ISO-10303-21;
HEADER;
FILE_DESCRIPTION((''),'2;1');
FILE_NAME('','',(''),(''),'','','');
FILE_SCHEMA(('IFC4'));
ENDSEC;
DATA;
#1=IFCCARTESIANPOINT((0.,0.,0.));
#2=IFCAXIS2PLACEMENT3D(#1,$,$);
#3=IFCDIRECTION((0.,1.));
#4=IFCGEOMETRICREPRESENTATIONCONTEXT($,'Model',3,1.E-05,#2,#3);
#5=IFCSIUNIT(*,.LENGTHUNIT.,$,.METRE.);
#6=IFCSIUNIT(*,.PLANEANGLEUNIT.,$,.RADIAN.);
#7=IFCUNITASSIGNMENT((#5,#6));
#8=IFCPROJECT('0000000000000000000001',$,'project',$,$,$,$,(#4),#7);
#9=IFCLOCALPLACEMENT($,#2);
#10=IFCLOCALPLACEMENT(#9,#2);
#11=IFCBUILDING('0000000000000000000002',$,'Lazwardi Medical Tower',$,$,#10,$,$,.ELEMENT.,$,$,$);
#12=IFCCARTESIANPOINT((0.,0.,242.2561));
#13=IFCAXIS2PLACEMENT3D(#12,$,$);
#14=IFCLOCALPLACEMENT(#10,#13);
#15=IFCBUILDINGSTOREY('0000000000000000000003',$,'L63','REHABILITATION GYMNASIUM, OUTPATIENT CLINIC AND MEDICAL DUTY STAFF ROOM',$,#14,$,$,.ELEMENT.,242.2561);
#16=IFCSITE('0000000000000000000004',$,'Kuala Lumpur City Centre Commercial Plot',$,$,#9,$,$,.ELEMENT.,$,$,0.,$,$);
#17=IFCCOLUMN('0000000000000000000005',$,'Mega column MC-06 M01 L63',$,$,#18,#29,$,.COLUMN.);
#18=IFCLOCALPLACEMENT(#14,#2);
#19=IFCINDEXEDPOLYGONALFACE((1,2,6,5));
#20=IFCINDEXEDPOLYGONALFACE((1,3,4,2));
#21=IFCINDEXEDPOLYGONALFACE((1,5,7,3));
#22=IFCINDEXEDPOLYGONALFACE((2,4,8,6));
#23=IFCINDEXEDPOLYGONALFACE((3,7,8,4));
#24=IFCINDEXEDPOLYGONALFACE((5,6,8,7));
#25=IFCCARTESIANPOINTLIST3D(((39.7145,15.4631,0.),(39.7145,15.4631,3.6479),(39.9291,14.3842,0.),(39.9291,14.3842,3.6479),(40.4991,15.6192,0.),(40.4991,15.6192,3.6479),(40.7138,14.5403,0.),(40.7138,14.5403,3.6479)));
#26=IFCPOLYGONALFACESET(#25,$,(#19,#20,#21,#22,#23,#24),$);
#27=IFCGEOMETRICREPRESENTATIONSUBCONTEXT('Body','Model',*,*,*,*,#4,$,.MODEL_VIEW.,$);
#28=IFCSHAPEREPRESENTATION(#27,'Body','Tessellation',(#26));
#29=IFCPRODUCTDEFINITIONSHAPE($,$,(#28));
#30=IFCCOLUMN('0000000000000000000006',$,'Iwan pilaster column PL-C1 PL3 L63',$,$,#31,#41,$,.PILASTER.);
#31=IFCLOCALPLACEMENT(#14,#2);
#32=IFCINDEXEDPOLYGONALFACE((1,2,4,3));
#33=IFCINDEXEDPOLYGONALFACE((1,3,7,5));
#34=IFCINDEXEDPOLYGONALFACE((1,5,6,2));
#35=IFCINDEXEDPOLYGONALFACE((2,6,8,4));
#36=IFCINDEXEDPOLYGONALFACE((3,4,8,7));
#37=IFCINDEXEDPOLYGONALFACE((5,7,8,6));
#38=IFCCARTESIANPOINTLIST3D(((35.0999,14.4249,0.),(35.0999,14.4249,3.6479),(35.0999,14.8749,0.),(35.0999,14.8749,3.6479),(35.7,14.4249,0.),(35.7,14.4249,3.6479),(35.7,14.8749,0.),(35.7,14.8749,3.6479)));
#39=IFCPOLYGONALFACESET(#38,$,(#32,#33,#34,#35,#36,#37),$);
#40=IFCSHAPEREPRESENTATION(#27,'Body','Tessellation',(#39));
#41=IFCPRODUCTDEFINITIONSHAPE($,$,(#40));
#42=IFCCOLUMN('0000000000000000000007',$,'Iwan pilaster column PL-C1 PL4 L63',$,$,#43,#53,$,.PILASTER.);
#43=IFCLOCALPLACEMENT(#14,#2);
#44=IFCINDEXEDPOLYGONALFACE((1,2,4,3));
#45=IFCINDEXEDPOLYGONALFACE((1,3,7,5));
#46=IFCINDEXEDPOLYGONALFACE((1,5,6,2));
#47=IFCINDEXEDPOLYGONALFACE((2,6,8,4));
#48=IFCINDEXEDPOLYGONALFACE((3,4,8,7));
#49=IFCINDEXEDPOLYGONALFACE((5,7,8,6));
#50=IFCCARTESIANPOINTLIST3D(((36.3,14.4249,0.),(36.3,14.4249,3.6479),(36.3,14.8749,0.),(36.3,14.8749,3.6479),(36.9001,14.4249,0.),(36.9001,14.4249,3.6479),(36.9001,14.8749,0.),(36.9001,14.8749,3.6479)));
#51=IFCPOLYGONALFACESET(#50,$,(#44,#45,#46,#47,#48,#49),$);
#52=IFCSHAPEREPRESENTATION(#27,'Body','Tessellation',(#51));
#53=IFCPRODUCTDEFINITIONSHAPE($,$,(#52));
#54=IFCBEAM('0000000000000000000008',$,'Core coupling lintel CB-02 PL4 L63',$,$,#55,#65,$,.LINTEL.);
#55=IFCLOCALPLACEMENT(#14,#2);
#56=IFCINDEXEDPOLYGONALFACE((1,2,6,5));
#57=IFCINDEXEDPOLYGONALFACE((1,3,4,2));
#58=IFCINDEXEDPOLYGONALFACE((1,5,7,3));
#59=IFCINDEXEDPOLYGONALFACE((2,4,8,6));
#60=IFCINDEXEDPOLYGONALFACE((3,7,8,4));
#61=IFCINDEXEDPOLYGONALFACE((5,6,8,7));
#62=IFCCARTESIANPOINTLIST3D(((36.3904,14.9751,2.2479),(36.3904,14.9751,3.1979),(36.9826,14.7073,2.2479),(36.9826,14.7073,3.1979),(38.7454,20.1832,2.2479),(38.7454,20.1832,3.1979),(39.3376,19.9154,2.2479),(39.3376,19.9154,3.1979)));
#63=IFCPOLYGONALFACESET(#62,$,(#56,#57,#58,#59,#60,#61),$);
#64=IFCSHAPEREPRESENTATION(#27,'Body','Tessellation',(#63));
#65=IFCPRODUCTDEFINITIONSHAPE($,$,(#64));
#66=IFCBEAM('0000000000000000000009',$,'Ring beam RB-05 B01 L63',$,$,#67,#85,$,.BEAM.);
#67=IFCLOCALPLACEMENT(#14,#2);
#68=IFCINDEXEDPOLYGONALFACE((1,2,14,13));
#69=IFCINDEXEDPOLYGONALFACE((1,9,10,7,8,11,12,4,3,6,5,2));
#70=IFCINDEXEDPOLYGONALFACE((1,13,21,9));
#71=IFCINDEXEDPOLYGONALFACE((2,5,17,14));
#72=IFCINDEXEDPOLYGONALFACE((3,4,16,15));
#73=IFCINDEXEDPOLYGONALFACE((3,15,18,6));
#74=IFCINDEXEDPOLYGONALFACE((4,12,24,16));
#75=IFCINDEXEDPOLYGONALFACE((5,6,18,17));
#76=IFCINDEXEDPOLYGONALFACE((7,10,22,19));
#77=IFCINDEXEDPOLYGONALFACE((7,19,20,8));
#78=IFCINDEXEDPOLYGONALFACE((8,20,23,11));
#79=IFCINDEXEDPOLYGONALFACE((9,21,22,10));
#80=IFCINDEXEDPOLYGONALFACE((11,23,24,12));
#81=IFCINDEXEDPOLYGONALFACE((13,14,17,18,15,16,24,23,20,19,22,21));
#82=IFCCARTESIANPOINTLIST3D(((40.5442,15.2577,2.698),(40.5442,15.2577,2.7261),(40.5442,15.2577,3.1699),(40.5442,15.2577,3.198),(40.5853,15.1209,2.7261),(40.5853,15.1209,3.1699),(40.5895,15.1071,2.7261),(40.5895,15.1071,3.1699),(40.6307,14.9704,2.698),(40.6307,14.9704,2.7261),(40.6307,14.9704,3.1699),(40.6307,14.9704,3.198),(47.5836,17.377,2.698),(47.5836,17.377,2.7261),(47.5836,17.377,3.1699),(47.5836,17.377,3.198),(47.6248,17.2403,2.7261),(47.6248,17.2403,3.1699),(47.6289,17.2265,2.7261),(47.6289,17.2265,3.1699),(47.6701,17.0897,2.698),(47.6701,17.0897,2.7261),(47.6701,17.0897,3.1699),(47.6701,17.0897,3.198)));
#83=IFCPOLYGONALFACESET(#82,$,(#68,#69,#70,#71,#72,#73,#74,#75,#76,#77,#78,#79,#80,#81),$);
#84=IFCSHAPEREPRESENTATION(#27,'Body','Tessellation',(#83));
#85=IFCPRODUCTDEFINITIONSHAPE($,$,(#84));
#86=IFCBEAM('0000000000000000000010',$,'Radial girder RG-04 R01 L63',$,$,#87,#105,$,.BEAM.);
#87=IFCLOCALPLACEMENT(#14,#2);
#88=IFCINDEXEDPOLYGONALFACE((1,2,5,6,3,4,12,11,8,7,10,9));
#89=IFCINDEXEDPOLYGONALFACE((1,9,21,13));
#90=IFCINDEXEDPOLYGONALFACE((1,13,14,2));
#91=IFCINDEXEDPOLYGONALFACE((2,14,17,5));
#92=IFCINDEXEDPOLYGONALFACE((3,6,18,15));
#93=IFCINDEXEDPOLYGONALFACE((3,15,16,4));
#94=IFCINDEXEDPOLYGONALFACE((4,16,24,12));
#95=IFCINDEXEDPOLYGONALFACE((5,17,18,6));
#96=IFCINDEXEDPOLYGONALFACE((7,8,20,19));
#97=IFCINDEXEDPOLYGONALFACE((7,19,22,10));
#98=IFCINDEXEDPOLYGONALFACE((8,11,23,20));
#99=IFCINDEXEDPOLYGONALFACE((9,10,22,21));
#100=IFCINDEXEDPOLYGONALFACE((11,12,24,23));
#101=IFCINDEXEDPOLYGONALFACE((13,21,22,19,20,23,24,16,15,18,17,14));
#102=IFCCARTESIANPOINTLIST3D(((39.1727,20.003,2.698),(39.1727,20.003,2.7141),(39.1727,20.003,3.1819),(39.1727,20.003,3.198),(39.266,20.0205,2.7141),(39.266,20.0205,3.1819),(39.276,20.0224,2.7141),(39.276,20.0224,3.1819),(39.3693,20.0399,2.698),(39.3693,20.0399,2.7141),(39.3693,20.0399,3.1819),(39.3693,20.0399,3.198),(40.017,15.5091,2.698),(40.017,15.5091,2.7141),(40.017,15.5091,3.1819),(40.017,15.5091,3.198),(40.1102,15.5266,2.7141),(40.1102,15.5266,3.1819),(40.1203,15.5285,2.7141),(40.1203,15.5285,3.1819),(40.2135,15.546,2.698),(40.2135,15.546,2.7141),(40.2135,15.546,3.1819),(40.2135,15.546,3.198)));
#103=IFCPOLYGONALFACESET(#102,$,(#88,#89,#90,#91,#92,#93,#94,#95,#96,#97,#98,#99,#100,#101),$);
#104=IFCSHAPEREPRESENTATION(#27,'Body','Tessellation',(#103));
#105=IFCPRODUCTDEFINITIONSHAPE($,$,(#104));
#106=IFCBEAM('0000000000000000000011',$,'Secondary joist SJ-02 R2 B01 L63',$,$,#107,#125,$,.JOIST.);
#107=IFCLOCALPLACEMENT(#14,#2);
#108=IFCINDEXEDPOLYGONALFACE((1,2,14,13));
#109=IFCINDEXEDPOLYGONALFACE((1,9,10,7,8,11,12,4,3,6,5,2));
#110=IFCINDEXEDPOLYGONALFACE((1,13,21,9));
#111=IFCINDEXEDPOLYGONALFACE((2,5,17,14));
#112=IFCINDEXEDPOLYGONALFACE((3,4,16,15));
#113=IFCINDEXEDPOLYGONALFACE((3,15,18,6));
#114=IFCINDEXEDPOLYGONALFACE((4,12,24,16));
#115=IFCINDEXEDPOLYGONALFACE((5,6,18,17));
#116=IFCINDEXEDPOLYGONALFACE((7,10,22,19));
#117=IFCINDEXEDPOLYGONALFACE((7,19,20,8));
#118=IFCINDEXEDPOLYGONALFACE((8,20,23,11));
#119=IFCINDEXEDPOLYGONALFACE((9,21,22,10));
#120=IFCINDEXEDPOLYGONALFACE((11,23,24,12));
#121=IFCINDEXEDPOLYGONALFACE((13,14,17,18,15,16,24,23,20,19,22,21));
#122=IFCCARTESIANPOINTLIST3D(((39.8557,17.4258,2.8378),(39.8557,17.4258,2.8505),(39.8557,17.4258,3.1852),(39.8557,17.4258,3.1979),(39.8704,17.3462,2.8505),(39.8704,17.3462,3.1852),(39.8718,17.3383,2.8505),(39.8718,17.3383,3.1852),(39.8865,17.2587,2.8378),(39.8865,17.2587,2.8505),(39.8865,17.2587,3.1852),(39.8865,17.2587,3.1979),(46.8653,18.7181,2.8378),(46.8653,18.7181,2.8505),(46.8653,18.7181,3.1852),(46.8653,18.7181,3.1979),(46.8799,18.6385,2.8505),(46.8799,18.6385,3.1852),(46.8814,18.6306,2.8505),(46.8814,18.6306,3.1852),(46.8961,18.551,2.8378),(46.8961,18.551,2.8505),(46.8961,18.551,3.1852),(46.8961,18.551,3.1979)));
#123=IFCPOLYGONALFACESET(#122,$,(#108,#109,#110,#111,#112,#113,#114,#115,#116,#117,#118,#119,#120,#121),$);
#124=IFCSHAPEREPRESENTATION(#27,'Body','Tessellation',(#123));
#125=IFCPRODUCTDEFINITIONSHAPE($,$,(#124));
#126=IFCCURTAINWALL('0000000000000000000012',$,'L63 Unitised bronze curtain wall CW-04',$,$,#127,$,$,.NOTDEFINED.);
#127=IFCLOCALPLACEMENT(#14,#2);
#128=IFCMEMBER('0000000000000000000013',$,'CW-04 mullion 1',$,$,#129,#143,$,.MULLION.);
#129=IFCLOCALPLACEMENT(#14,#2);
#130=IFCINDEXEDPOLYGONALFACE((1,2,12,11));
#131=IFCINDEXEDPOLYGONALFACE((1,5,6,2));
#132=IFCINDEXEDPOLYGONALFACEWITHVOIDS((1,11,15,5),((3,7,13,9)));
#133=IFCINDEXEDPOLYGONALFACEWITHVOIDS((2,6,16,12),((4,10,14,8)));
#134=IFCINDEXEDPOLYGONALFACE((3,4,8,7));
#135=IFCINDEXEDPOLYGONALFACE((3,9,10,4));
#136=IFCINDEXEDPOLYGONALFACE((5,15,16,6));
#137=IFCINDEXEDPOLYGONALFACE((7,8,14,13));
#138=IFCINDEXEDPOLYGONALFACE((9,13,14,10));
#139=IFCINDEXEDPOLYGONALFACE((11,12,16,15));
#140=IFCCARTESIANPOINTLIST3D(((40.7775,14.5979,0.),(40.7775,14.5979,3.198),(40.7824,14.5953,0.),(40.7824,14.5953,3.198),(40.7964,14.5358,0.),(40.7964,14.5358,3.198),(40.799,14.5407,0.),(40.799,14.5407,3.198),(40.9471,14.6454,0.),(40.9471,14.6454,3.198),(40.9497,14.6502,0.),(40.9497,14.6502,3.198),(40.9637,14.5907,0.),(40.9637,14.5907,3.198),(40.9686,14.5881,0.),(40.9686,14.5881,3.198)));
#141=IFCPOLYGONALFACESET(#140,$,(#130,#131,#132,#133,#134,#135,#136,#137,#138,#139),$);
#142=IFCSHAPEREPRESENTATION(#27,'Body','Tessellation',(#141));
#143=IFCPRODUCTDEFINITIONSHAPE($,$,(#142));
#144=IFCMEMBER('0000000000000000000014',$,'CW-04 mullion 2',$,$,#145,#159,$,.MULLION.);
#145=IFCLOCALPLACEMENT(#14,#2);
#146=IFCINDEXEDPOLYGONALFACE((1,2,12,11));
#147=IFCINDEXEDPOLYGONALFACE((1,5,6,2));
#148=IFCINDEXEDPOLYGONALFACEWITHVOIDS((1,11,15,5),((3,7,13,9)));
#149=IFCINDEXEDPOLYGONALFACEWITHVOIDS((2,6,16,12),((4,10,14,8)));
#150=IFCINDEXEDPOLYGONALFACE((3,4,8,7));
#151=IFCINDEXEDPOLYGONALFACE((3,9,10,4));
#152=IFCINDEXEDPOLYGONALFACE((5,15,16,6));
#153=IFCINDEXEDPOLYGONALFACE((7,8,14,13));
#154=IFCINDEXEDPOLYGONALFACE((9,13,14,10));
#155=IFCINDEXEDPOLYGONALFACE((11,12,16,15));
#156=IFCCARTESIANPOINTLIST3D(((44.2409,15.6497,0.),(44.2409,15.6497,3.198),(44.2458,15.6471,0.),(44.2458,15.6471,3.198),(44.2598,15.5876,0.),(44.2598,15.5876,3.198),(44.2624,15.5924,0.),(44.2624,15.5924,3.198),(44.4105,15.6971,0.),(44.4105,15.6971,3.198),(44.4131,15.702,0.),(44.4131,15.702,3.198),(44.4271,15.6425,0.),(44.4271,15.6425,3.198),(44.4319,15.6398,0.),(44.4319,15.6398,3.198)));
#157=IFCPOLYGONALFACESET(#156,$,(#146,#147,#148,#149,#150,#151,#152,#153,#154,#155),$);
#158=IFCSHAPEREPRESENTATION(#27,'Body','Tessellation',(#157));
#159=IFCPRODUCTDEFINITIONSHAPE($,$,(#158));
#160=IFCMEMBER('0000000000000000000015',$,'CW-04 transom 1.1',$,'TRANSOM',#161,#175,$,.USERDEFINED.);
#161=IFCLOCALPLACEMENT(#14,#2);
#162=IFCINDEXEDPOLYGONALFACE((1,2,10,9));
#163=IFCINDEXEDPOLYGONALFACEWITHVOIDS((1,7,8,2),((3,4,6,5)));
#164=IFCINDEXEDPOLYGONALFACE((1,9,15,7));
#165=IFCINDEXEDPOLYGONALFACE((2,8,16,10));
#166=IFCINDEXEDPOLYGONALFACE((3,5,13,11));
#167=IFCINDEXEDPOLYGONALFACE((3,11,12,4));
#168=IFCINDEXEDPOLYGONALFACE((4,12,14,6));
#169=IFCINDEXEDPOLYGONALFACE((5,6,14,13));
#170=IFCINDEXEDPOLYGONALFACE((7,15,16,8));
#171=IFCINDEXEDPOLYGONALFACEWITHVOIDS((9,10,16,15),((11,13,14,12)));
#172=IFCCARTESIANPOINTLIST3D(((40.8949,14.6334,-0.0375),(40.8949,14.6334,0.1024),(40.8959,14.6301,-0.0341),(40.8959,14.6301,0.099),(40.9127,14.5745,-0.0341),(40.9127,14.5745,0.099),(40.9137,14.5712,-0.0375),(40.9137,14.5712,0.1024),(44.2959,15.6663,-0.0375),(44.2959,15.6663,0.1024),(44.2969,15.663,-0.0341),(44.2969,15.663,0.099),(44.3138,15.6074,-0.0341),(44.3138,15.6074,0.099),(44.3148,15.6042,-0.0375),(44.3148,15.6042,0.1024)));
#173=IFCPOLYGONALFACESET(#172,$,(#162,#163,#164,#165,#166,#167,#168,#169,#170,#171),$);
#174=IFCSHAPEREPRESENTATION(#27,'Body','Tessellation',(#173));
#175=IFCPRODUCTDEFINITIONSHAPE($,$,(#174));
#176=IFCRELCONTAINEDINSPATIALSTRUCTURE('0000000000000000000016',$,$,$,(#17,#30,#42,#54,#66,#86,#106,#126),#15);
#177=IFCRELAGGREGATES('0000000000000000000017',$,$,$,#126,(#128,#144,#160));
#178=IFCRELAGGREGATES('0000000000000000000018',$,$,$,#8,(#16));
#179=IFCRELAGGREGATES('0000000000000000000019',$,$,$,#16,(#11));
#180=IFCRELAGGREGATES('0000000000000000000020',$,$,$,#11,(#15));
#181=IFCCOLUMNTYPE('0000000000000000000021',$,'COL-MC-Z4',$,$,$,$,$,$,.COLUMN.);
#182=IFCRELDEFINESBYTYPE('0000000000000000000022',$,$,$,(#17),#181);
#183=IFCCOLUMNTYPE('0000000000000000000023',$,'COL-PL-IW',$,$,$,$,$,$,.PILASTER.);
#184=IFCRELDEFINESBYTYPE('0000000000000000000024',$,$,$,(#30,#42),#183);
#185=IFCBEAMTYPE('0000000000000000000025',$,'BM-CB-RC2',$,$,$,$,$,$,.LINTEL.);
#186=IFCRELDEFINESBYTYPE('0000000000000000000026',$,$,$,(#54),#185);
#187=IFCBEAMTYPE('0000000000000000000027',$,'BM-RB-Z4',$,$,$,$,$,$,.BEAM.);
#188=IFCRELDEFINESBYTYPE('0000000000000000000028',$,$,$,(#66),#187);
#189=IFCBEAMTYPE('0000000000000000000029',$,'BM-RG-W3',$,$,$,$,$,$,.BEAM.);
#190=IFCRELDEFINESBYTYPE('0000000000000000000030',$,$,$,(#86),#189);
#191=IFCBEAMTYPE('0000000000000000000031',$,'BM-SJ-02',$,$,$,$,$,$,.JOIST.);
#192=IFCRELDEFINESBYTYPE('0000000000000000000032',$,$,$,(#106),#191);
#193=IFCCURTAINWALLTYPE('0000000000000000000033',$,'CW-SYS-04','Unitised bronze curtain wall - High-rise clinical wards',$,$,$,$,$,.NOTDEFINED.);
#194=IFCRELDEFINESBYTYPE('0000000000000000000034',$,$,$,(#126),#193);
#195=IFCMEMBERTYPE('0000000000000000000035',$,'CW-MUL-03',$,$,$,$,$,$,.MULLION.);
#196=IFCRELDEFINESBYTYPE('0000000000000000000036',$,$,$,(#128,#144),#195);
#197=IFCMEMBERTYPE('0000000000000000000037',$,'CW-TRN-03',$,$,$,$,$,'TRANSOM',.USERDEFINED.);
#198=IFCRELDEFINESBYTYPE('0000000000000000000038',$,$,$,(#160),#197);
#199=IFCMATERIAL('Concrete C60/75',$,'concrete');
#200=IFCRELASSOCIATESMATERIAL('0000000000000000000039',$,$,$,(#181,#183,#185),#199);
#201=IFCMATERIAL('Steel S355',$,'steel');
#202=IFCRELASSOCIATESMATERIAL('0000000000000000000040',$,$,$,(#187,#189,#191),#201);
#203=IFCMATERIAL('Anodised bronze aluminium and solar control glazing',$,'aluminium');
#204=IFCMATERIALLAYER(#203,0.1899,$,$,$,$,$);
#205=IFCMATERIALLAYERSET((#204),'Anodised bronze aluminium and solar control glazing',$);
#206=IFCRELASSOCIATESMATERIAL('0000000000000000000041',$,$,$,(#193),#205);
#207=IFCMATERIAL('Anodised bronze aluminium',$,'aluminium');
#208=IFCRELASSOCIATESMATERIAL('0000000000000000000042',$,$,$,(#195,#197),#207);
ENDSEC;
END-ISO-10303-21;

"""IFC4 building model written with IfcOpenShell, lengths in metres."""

from ifc_helpers import new_model, si_unit, direction, frame, origin, origin_2d, place, context, subcontext, project, spatial, rectangle, hollow_rectangle, i_section, extrude, material, layer, layer_set, material_profile, profile_set, type_object, element, aggregate, save


model = new_model("IFC4")

# Units and contexts
model_context = context("Model", 3, precision=1e-05, world=origin(), true_north=direction((0.0, 1.0)))
body_context = subcontext(model_context, "Body", "Model", "MODEL_VIEW")
ifc_project = project(units=[si_unit("LENGTHUNIT", "METRE"), si_unit("PLANEANGLEUNIT", "RADIAN")], contexts=[model_context])

# Site, building, storey
site_placement = place(None, origin())
site = spatial("IfcSite", under=ifc_project, at=site_placement, Name="Kuala Lumpur City Centre Commercial Plot", CompositionType="ELEMENT", RefElevation=0.0)
building_placement = place(site_placement, origin())
building = spatial("IfcBuilding", under=site, at=building_placement, Name="Lazwardi Medical Tower", CompositionType="ELEMENT")
storey_placement = place(building_placement, frame((0.0, 0.0, 242.2561)))
storey = spatial("IfcBuildingStorey", under=building, at=storey_placement, Name="L63", Description="REHABILITATION GYMNASIUM, OUTPATIENT CLINIC AND MEDICAL DUTY STAFF ROOM", CompositionType="ELEMENT", Elevation=242.2561)

# Columns
ifc_material_1 = material(Name="Concrete C60/75", Category="concrete")
ifc_material_profile_1 = material_profile(ifc_material_1, rectangle(XDim=1.1001, YDim=0.8, at=origin_2d()), Name="CFT-RECT 1100x800")
ifc_profile_set_1 = profile_set([ifc_material_profile_1], Name="Concrete C60/75")
column_type_1 = type_object("IfcColumnType", Name="COL-MC-Z4", PredefinedType="COLUMN", material=ifc_profile_set_1)
column_placement = place(storey_placement, frame((40.2141, 15.0017, 0.0), z_axis=(0.0, 0.0, 1.0), x_axis=(0.19509, -0.980785, 0.0)))
element("IfcColumn", 1, at=column_placement, inside=storey, type_object=column_type_1, Name="Mega column MC-06 M01 L63", PredefinedType="COLUMN", context=body_context, shape_type="SweptSolid", body=[
    extrude(rectangle(XDim=1.1001, YDim=0.8, at=origin_2d()), origin(), (0.0, 0.0, 1.0), 3.6479),
])
ifc_material_profile_2 = material_profile(ifc_material_1, rectangle(XDim=0.6001, YDim=0.45, at=origin_2d()), Name="RC 600x450")
ifc_profile_set_2 = profile_set([ifc_material_profile_2], Name="Concrete C60/75")
column_type_2 = type_object("IfcColumnType", Name="COL-PL-IW", PredefinedType="PILASTER", material=ifc_profile_set_2)
for number, where, z_axis, x_axis, name in (
    (2, (35.3999, 14.6499, 0.0), (0.0, 0.0, 1.0), (1.0, 0.0, 0.0), "Iwan pilaster column PL-C1 PL3 L63"),
    (3, (36.6001, 14.6499, 0.0), (0.0, 0.0, 1.0), (1.0, 0.0, 0.0), "Iwan pilaster column PL-C1 PL4 L63"),
):
    element("IfcColumn", number, at=place(storey_placement, frame(where, z_axis=z_axis, x_axis=x_axis)), inside=storey, type_object=column_type_2, Name=name, PredefinedType="PILASTER", context=body_context, shape_type="SweptSolid", body=[
        extrude(rectangle(XDim=0.6001, YDim=0.45, at=origin_2d()), origin(), (0.0, 0.0, 1.0), 3.6479),
    ])

# Beams
ifc_material_profile_3 = material_profile(ifc_material_1, rectangle(XDim=0.6499, YDim=0.95, at=origin_2d()), Name="RC 650x950")
ifc_profile_set_3 = profile_set([ifc_material_profile_3], Name="Concrete C60/75")
beam_type_1 = type_object("IfcBeamType", Name="BM-CB-RC2", PredefinedType="LINTEL", material=ifc_profile_set_3)
beam_1_placement = place(storey_placement, frame((39.0415, 20.0493, 2.7229), z_axis=(-0.412019, -0.911175, 0.0), x_axis=(0.911175, -0.412019, 0.0)))
element("IfcBeam", 4, at=beam_1_placement, inside=storey, type_object=beam_type_1, Name="Core coupling lintel CB-02 PL4 L63", PredefinedType="LINTEL", context=body_context, shape_type="SweptSolid", body=[
    extrude(rectangle(XDim=0.6499, YDim=0.95, at=origin_2d()), origin(), (0.0, 0.0, 1.0), 5.7158),
])
ifc_material_2 = material(Name="Steel S355", Category="steel")
ifc_material_profile_4 = material_profile(ifc_material_2, i_section(OverallWidth=0.3, OverallDepth=0.5, WebThickness=0.0144, FlangeThickness=0.0281, at=origin_2d()), Name="HEB 500")
ifc_profile_set_4 = profile_set([ifc_material_profile_4], Name="Steel S355")
beam_type_2 = type_object("IfcBeamType", Name="BM-RB-Z4", PredefinedType="BEAM", material=ifc_profile_set_4)
beam_2_placement = place(storey_placement, frame((40.5874, 15.114, 2.948), z_axis=(0.957544, 0.288286, 0.0), x_axis=(-0.288286, 0.957544, 0.0)))
element("IfcBeam", 5, at=beam_2_placement, inside=storey, type_object=beam_type_2, Name="Ring beam RB-05 B01 L63", PredefinedType="BEAM", context=body_context, shape_type="SweptSolid", body=[
    extrude(i_section(OverallWidth=0.3, OverallDepth=0.5, WebThickness=0.0144, FlangeThickness=0.0281, at=origin_2d()), origin(), (0.0, 0.0, 1.0), 7.3516),
])
ifc_material_profile_5 = material_profile(ifc_material_2, i_section(OverallWidth=0.2, OverallDepth=0.5, WebThickness=0.0103, FlangeThickness=0.0161, at=origin_2d()), Name="IPE 500")
ifc_profile_set_5 = profile_set([ifc_material_profile_5], Name="Steel S355")
beam_type_3 = type_object("IfcBeamType", Name="BM-RG-W3", PredefinedType="BEAM", material=ifc_profile_set_5)
beam_3_placement = place(storey_placement, frame((40.1152, 15.5276, 2.948), z_axis=(-0.184633, 0.982807, 0.0), x_axis=(-0.982807, -0.184633, 0.0)))
element("IfcBeam", 6, at=beam_3_placement, inside=storey, type_object=beam_type_3, Name="Radial girder RG-04 R01 L63", PredefinedType="BEAM", context=body_context, shape_type="SweptSolid", body=[
    extrude(i_section(OverallWidth=0.2, OverallDepth=0.5, WebThickness=0.0103, FlangeThickness=0.0161, at=origin_2d()), origin(), (0.0, 0.0, 1.0), 4.5725),
])
ifc_material_profile_6 = material_profile(ifc_material_2, i_section(OverallWidth=0.1699, OverallDepth=0.3601, WebThickness=0.0081, FlangeThickness=0.0127, at=origin_2d()), Name="IPE 360")
ifc_profile_set_6 = profile_set([ifc_material_profile_6], Name="Steel S355")
beam_type_4 = type_object("IfcBeamType", Name="BM-SJ-02", PredefinedType="JOIST", material=ifc_profile_set_6)
beam_4_placement = place(storey_placement, frame((39.8711, 17.3423, 3.0178), z_axis=(0.983428, 0.181299, 0.0), x_axis=(-0.181299, 0.983428, 0.0)))
element("IfcBeam", 7, at=beam_4_placement, inside=storey, type_object=beam_type_4, Name="Secondary joist SJ-02 R2 B01 L63", PredefinedType="JOIST", context=body_context, shape_type="SweptSolid", body=[
    extrude(i_section(OverallWidth=0.1699, OverallDepth=0.3601, WebThickness=0.0081, FlangeThickness=0.0127, at=origin_2d()), origin(), (0.0, 0.0, 1.0), 7.1277),
])

# Curtain wall, members
ifc_material_3 = material(Name="Anodised bronze aluminium and solar control glazing", Category="aluminium")
ifc_layer_1 = layer(ifc_material_3, 0.1899)
ifc_layer_set_1 = layer_set([ifc_layer_1], Name="Anodised bronze aluminium and solar control glazing")
curtain_wall_type = type_object("IfcCurtainWallType", Name="CW-SYS-04", Description="Unitised bronze curtain wall - High-rise clinical wards", PredefinedType="NOTDEFINED", material=ifc_layer_set_1)
curtain_wall_placement = place(storey_placement, origin())
curtain_wall = element("IfcCurtainWall", 8, at=curtain_wall_placement, inside=storey, type_object=curtain_wall_type, Name="L63 Unitised bronze curtain wall CW-04", PredefinedType="NOTDEFINED")
ifc_material_4 = material(Name="Anodised bronze aluminium", Category="aluminium")
ifc_material_profile_7 = material_profile(ifc_material_4, hollow_rectangle(XDim=0.0649, YDim=0.1799, WallThickness=0.0039, at=origin_2d()), Name="ALU-MULLION 180x65x4")
ifc_profile_set_7 = profile_set([ifc_material_profile_7], Name="Anodised bronze aluminium")
member_type_1 = type_object("IfcMemberType", Name="CW-MUL-03", PredefinedType="MULLION", material=ifc_profile_set_7)
member_1_placement = place(storey_placement, frame((40.873, 14.593, 0.0), z_axis=(0.0, 0.0, 1.0), x_axis=(-0.290582, 0.95685, 0.0)))
member_1 = element("IfcMember", 9, at=member_1_placement, type_object=member_type_1, Name="CW-04 mullion 1", PredefinedType="MULLION", context=body_context, shape_type="SweptSolid", body=[
    extrude(hollow_rectangle(XDim=0.0649, YDim=0.1799, WallThickness=0.0039, at=origin_2d()), origin(), (0.0, 0.0, 1.0), 3.198),
])
member_2_placement = place(storey_placement, frame((44.3364, 15.6448, 0.0), z_axis=(0.0, 0.0, 1.0), x_axis=(-0.290582, 0.95685, 0.0)))
member_2 = element("IfcMember", 10, at=member_2_placement, type_object=member_type_1, Name="CW-04 mullion 2", PredefinedType="MULLION", context=body_context, shape_type="SweptSolid", body=[
    extrude(hollow_rectangle(XDim=0.0649, YDim=0.1799, WallThickness=0.0039, at=origin_2d()), origin(), (0.0, 0.0, 1.0), 3.198),
])
ifc_material_profile_8 = material_profile(ifc_material_4, hollow_rectangle(XDim=0.0649, YDim=0.1399, WallThickness=0.0034, at=origin_2d()), Name="ALU-TRANSOM 140x65x3.5")
ifc_profile_set_8 = profile_set([ifc_material_profile_8], Name="Anodised bronze aluminium")
member_type_2 = type_object("IfcMemberType", Name="CW-TRN-03", ElementType="TRANSOM", PredefinedType="USERDEFINED", material=ifc_profile_set_8)
member_3_placement = place(storey_placement, frame((40.9043, 14.6023, 0.0325), z_axis=(0.956843, 0.290604, 0.0), x_axis=(-0.290604, 0.956843, 0.0)))
member_3 = element("IfcMember", 11, at=member_3_placement, type_object=member_type_2, Name="CW-04 transom 1.1", ObjectType="TRANSOM", PredefinedType="USERDEFINED", context=body_context, shape_type="SweptSolid", body=[
    extrude(hollow_rectangle(XDim=0.0649, YDim=0.1399, WallThickness=0.0034, at=origin_2d()), origin(), (0.0, 0.0, 1.0), 3.5544),
])
aggregate(curtain_wall, [member_1, member_2, member_3])

save(model, "model.ifc")
